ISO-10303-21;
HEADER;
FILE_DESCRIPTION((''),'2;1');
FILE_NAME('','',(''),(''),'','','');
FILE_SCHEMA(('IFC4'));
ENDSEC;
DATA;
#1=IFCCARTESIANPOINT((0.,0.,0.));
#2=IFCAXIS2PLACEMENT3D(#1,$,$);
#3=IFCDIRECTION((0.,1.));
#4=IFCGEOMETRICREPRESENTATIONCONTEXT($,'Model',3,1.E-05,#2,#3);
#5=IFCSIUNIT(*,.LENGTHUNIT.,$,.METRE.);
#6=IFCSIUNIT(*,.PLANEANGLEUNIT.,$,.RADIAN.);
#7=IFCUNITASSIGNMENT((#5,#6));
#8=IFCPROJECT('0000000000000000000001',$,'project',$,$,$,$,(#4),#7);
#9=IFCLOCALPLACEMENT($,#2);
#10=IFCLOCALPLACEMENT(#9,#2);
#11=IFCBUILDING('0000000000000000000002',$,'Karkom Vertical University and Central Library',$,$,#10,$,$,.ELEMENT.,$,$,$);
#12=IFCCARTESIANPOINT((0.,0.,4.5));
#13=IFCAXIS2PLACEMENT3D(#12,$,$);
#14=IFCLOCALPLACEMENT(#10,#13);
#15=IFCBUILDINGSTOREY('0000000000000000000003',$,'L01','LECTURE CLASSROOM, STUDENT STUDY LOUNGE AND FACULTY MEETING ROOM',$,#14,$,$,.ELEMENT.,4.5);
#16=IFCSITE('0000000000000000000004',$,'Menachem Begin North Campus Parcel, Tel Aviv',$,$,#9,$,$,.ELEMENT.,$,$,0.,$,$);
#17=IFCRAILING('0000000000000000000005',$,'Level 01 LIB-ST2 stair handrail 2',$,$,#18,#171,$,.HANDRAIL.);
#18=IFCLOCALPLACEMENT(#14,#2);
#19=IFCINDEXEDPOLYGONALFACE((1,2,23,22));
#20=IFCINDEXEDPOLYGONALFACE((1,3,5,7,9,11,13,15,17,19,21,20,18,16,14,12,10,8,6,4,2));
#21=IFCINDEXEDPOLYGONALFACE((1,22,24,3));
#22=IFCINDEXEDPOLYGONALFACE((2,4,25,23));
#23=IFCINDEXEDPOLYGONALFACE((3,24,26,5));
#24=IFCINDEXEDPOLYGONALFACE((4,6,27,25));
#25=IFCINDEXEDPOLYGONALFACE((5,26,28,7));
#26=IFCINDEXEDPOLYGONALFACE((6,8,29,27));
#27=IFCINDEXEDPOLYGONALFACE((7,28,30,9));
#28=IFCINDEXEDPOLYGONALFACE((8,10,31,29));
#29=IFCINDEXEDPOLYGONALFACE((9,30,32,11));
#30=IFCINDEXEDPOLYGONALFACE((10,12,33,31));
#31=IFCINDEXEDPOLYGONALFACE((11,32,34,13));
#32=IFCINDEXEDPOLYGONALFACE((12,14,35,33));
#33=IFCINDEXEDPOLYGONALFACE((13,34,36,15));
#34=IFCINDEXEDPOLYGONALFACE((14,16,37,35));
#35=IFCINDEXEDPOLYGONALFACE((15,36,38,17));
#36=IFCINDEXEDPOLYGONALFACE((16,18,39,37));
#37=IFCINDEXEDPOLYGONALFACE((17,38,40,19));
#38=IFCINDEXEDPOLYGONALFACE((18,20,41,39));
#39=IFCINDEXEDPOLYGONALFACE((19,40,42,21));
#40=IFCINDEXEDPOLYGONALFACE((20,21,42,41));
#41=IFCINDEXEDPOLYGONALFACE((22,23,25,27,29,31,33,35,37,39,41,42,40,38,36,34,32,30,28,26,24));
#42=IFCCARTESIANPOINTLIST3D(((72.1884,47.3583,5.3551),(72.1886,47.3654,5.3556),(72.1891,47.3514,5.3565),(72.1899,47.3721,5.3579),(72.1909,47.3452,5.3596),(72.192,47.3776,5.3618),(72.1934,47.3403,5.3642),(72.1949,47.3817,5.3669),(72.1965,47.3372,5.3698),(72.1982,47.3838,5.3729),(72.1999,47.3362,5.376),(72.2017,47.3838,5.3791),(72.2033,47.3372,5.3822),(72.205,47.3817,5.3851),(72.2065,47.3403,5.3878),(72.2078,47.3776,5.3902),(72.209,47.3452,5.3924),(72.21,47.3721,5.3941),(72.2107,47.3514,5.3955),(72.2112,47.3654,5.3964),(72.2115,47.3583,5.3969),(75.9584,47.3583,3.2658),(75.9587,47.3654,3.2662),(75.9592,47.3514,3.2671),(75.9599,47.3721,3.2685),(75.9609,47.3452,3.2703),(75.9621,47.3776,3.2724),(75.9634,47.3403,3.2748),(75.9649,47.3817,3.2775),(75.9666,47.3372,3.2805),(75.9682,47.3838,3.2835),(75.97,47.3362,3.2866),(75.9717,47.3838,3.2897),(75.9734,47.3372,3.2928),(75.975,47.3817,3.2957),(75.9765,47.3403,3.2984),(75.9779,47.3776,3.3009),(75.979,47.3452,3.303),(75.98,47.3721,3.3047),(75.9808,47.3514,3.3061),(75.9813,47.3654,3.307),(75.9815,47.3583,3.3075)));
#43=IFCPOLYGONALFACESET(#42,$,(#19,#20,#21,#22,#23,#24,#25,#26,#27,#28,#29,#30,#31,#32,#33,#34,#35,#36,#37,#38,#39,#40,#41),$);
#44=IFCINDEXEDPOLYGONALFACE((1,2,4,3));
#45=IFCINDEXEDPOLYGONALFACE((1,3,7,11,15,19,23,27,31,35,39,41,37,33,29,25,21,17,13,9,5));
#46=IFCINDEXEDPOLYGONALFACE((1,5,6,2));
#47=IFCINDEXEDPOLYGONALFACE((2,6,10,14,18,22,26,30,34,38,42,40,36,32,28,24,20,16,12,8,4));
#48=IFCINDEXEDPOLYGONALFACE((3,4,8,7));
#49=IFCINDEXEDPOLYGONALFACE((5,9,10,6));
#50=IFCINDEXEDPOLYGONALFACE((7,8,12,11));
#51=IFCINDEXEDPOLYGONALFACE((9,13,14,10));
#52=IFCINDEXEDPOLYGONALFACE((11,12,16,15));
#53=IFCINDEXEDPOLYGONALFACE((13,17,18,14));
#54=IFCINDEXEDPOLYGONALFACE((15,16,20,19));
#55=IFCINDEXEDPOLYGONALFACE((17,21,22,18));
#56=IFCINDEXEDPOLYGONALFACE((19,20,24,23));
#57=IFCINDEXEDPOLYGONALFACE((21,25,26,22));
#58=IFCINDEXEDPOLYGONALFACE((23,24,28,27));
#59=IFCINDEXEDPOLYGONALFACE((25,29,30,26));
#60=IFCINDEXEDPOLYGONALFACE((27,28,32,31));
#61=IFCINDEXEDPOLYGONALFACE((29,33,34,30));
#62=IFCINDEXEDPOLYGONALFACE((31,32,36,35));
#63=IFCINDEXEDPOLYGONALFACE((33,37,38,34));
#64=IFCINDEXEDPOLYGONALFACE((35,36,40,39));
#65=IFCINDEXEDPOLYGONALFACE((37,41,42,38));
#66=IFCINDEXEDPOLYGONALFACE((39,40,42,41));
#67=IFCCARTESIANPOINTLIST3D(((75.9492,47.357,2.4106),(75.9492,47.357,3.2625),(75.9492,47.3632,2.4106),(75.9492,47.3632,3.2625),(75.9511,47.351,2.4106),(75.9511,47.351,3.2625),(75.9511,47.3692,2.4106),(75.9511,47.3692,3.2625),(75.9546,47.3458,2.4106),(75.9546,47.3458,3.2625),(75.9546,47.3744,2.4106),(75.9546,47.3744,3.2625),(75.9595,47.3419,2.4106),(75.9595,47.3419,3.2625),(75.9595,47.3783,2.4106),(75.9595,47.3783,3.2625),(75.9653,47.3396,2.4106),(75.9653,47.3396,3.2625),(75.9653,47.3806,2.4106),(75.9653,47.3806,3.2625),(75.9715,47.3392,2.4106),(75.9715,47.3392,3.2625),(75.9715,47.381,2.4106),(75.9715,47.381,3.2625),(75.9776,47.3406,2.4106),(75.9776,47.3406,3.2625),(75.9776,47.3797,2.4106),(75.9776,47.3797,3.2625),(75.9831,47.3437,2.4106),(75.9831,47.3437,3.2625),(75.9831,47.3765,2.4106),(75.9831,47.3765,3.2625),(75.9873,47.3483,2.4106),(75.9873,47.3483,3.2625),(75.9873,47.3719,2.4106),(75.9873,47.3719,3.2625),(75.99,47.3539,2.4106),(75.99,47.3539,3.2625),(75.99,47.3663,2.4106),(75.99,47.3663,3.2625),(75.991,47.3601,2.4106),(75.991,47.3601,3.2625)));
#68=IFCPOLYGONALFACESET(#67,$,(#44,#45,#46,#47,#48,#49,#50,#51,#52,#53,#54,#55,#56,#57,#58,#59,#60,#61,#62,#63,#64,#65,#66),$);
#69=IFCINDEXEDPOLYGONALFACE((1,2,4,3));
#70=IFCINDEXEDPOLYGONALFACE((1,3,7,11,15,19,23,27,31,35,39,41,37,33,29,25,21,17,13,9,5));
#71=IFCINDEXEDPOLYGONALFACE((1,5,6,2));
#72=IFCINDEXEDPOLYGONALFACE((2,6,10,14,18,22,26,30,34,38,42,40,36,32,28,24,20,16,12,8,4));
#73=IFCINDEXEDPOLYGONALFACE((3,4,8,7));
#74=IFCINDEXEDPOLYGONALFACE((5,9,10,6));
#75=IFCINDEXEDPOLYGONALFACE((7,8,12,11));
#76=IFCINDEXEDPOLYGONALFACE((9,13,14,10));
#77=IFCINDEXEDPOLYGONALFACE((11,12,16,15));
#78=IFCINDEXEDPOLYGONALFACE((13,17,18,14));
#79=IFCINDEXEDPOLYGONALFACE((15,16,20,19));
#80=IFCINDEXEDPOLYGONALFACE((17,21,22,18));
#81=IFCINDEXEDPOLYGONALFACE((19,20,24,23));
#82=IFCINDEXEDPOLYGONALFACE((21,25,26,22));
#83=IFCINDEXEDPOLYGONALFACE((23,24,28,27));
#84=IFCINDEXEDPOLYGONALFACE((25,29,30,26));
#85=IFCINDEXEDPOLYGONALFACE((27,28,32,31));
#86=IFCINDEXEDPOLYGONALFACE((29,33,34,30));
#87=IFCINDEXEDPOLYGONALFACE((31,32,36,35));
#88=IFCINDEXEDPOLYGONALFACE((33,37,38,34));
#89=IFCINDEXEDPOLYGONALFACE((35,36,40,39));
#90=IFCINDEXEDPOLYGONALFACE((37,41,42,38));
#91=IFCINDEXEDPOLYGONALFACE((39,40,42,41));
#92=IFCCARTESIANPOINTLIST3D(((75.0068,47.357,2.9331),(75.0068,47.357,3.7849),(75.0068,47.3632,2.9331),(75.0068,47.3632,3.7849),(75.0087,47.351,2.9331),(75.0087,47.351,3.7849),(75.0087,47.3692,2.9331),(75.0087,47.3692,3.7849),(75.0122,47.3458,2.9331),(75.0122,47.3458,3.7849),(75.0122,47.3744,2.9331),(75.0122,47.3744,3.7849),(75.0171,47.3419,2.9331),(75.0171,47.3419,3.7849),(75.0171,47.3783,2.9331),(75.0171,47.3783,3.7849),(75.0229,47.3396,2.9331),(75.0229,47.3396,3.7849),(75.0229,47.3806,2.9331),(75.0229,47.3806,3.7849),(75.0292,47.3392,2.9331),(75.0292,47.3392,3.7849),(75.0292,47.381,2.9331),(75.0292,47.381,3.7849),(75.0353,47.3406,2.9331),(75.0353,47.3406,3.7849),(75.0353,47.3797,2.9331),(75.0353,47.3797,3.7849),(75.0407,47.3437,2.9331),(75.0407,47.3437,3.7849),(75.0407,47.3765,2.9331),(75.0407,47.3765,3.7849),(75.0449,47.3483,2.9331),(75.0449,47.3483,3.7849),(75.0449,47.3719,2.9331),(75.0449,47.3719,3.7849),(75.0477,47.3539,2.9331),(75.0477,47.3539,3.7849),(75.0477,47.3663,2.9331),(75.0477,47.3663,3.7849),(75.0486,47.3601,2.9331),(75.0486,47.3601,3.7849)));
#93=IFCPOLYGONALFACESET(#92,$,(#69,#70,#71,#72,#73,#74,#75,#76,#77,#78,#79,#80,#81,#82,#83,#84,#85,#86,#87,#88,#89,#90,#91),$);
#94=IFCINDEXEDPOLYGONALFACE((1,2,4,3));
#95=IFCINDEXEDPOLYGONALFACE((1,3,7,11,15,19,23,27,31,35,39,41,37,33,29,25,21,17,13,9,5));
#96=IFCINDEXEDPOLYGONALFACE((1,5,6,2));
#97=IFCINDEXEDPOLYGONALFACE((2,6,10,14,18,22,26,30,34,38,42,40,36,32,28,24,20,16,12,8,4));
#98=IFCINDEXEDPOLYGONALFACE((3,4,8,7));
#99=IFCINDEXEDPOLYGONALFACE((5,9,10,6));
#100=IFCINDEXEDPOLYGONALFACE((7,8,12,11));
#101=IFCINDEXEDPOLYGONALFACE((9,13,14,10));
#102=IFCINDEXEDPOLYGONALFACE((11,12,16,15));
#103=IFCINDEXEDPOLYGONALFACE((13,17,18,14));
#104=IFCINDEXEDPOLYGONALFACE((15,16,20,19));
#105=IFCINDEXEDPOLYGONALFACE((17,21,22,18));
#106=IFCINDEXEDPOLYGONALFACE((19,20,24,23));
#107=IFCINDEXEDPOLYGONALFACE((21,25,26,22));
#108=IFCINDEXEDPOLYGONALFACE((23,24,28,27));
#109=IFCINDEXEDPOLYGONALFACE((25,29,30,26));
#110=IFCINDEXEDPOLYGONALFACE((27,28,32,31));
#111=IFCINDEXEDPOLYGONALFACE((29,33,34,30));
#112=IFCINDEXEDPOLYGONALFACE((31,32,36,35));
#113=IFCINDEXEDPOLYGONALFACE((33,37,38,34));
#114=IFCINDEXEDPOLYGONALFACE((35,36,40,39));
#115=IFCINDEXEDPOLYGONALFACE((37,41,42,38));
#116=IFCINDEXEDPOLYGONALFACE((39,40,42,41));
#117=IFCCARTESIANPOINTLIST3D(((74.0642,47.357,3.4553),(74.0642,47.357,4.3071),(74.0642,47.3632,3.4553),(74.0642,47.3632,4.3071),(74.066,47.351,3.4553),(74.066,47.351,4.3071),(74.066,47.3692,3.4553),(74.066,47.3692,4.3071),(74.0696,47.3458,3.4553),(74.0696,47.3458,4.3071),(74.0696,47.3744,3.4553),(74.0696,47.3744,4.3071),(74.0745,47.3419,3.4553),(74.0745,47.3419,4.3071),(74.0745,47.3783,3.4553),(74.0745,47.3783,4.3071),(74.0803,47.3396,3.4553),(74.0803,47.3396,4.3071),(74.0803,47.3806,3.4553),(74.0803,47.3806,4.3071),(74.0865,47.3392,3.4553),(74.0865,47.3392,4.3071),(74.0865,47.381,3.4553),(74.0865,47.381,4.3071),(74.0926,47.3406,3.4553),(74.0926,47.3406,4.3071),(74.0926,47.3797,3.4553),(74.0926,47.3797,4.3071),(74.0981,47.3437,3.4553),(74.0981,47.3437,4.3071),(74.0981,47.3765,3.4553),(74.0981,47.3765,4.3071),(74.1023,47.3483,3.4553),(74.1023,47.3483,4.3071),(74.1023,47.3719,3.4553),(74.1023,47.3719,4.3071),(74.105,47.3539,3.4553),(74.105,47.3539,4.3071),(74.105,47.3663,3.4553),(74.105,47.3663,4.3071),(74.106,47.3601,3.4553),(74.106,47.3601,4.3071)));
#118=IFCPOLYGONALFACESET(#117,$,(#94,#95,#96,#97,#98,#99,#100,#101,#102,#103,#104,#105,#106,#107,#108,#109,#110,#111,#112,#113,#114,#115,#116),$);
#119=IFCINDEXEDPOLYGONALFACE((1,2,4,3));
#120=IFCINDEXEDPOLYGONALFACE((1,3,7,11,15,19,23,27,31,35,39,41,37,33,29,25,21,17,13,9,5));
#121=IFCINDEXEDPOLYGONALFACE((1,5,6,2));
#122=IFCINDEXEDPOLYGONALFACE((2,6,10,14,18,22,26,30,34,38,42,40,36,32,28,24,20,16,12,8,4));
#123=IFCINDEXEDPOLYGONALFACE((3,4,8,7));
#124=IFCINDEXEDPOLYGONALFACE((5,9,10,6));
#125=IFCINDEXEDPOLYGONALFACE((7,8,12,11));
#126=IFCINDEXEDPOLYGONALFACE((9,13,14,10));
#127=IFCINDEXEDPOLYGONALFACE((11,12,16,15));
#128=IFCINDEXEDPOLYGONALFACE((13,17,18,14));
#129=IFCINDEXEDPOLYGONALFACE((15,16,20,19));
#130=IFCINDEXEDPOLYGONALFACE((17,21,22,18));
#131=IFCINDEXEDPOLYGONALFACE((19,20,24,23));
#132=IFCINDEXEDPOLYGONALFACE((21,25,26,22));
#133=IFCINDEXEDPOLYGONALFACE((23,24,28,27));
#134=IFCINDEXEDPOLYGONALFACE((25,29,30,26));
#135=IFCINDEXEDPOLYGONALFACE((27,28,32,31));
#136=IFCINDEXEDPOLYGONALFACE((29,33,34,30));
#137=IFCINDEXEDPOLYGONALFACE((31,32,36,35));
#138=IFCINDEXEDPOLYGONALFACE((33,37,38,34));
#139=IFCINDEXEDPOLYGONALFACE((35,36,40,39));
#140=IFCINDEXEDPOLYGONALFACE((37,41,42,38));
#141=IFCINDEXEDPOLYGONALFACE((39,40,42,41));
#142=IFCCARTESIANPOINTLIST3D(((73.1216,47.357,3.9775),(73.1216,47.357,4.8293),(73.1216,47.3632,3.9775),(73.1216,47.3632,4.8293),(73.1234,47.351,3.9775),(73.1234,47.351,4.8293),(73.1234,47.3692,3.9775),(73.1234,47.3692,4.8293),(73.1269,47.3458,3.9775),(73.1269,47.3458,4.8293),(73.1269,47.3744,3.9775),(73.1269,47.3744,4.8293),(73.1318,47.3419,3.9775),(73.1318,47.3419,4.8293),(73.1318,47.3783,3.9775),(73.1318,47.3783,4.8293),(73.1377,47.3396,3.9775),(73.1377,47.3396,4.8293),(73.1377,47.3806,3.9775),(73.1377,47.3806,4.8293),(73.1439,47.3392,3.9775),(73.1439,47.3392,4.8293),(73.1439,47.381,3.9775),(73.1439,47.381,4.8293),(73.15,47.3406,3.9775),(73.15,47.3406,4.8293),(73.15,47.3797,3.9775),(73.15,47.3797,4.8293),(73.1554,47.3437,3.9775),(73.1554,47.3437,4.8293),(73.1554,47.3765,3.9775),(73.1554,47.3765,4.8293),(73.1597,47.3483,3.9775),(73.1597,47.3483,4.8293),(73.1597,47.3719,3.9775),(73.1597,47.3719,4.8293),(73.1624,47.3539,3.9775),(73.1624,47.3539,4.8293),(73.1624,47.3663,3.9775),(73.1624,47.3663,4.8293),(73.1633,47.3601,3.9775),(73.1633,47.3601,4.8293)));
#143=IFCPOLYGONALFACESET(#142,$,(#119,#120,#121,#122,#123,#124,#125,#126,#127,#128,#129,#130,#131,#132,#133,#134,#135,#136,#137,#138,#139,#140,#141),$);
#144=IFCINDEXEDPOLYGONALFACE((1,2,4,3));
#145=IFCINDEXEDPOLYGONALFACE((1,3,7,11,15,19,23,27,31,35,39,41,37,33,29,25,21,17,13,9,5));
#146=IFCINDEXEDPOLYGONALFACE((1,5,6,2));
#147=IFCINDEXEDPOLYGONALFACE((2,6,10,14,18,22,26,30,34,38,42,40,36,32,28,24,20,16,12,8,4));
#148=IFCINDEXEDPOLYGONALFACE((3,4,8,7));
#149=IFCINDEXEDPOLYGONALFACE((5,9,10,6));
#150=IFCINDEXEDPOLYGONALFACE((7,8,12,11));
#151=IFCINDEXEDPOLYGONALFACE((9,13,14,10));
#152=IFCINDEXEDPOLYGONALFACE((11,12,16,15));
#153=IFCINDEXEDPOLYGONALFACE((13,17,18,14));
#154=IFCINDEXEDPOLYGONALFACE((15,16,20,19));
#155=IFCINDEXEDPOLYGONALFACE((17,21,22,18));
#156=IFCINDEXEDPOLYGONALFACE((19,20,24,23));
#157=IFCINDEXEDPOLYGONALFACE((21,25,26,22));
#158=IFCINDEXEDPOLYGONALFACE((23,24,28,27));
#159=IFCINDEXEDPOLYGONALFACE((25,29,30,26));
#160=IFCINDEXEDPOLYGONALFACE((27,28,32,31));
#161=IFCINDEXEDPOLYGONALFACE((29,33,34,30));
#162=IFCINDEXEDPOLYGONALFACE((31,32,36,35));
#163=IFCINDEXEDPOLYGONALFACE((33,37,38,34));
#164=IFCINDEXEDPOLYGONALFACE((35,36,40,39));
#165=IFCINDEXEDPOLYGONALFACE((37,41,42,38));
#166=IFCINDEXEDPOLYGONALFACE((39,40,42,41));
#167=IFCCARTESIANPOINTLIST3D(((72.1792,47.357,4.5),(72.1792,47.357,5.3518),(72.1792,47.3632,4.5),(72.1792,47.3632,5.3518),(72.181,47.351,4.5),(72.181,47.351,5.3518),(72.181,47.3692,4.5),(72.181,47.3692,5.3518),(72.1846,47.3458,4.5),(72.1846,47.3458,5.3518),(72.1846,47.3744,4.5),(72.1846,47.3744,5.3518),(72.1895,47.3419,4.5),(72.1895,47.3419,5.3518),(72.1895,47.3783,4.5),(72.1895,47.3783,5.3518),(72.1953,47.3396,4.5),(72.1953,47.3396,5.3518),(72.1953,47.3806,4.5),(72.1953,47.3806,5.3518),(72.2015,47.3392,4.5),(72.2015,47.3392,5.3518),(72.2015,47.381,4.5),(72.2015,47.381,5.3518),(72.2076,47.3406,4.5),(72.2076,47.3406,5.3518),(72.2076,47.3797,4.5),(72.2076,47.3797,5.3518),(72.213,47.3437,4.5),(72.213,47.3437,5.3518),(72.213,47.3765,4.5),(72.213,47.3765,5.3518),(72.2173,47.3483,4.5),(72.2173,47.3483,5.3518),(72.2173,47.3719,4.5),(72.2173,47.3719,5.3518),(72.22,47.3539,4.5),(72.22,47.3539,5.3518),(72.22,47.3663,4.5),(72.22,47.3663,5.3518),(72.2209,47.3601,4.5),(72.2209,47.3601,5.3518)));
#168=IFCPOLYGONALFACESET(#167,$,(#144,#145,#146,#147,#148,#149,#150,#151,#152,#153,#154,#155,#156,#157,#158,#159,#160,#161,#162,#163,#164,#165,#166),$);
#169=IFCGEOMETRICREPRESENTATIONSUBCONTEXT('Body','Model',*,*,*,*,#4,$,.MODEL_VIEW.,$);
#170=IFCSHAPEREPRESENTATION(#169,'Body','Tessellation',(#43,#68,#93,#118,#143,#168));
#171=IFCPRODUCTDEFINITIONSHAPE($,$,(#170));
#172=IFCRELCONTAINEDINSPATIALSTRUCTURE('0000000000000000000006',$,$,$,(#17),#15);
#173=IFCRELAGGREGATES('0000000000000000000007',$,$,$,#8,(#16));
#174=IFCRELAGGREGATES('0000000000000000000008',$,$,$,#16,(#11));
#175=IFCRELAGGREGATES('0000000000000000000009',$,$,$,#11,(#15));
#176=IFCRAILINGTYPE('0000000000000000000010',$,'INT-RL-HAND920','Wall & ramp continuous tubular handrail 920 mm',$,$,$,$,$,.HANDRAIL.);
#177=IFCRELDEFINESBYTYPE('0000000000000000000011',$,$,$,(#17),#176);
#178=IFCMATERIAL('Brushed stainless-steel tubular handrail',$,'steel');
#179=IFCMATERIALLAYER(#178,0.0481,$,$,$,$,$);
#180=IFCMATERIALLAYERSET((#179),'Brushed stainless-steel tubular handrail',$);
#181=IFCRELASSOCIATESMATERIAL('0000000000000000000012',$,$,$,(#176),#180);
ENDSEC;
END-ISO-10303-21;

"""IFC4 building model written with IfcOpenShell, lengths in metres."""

from ifc_helpers import new_model, si_unit, direction, frame, origin, origin_2d, place, context, subcontext, project, spatial, circle, extrude, material, layer, layer_set, type_object, element, save


model = new_model("IFC4")

# Units and contexts
model_context = context("Model", 3, precision=1e-05, world=origin(), true_north=direction((0.0, 1.0)))
body_context = subcontext(model_context, "Body", "Model", "MODEL_VIEW")
ifc_project = project(units=[si_unit("LENGTHUNIT", "METRE"), si_unit("PLANEANGLEUNIT", "RADIAN")], contexts=[model_context])

# Site, building, storey
site_placement = place(None, origin())
site = spatial("IfcSite", under=ifc_project, at=site_placement, Name="Menachem Begin North Campus Parcel, Tel Aviv", CompositionType="ELEMENT", RefElevation=0.0)
building_placement = place(site_placement, origin())
building = spatial("IfcBuilding", under=site, at=building_placement, Name="Karkom Vertical University and Central Library", CompositionType="ELEMENT")
storey_placement = place(building_placement, frame((0.0, 0.0, 4.5)))
storey = spatial("IfcBuildingStorey", under=building, at=storey_placement, Name="L01", Description="LECTURE CLASSROOM, STUDENT STUDY LOUNGE AND FACULTY MEETING ROOM", CompositionType="ELEMENT", Elevation=4.5)

# Railing
ifc_material_1 = material(Name="Brushed stainless-steel tubular handrail", Category="steel")
ifc_layer_1 = layer(ifc_material_1, 0.0481)
ifc_layer_set_1 = layer_set([ifc_layer_1], Name="Brushed stainless-steel tubular handrail")
railing_type_1 = type_object("IfcRailingType", Name="INT-RL-HAND920", Description="Wall & ramp continuous tubular handrail 920 mm", PredefinedType="HANDRAIL", material=ifc_layer_set_1)
railing_1_placement = place(storey_placement, frame((75.97, 47.3601, 2.4106)))
element("IfcRailing", 1, at=railing_1_placement, inside=storey, type_object=railing_type_1, Name="Level 01 LIB-ST2 stair handrail 2", PredefinedType="HANDRAIL", context=body_context, shape_type="SweptSolid", body=[
    extrude(circle(Radius=0.0239, at=origin_2d()), frame((0.0, 0.0, 0.876), z_axis=(-0.874659, 0.0, 0.484739), x_axis=(0.0, -1.0, 0.0)), (0.0, 0.0, 1.0), 4.3103),
    extrude(circle(Radius=0.021, at=origin_2d()), origin(), (0.0, 0.0, 1.0), 0.8518),
    extrude(circle(Radius=0.021, at=origin_2d()), frame((-0.9424, 0.0, 0.5225)), (0.0, 0.0, 1.0), 0.8518),
    extrude(circle(Radius=0.021, at=origin_2d()), frame((-1.885, 0.0, 1.0447)), (0.0, 0.0, 1.0), 0.8518),
    extrude(circle(Radius=0.021, at=origin_2d()), frame((-2.8276, 0.0, 1.5669)), (0.0, 0.0, 1.0), 0.8518),
    extrude(circle(Radius=0.021, at=origin_2d()), frame((-3.77, 0.0, 2.0894)), (0.0, 0.0, 1.0), 0.8518),
])

save(model, "model.ifc")
